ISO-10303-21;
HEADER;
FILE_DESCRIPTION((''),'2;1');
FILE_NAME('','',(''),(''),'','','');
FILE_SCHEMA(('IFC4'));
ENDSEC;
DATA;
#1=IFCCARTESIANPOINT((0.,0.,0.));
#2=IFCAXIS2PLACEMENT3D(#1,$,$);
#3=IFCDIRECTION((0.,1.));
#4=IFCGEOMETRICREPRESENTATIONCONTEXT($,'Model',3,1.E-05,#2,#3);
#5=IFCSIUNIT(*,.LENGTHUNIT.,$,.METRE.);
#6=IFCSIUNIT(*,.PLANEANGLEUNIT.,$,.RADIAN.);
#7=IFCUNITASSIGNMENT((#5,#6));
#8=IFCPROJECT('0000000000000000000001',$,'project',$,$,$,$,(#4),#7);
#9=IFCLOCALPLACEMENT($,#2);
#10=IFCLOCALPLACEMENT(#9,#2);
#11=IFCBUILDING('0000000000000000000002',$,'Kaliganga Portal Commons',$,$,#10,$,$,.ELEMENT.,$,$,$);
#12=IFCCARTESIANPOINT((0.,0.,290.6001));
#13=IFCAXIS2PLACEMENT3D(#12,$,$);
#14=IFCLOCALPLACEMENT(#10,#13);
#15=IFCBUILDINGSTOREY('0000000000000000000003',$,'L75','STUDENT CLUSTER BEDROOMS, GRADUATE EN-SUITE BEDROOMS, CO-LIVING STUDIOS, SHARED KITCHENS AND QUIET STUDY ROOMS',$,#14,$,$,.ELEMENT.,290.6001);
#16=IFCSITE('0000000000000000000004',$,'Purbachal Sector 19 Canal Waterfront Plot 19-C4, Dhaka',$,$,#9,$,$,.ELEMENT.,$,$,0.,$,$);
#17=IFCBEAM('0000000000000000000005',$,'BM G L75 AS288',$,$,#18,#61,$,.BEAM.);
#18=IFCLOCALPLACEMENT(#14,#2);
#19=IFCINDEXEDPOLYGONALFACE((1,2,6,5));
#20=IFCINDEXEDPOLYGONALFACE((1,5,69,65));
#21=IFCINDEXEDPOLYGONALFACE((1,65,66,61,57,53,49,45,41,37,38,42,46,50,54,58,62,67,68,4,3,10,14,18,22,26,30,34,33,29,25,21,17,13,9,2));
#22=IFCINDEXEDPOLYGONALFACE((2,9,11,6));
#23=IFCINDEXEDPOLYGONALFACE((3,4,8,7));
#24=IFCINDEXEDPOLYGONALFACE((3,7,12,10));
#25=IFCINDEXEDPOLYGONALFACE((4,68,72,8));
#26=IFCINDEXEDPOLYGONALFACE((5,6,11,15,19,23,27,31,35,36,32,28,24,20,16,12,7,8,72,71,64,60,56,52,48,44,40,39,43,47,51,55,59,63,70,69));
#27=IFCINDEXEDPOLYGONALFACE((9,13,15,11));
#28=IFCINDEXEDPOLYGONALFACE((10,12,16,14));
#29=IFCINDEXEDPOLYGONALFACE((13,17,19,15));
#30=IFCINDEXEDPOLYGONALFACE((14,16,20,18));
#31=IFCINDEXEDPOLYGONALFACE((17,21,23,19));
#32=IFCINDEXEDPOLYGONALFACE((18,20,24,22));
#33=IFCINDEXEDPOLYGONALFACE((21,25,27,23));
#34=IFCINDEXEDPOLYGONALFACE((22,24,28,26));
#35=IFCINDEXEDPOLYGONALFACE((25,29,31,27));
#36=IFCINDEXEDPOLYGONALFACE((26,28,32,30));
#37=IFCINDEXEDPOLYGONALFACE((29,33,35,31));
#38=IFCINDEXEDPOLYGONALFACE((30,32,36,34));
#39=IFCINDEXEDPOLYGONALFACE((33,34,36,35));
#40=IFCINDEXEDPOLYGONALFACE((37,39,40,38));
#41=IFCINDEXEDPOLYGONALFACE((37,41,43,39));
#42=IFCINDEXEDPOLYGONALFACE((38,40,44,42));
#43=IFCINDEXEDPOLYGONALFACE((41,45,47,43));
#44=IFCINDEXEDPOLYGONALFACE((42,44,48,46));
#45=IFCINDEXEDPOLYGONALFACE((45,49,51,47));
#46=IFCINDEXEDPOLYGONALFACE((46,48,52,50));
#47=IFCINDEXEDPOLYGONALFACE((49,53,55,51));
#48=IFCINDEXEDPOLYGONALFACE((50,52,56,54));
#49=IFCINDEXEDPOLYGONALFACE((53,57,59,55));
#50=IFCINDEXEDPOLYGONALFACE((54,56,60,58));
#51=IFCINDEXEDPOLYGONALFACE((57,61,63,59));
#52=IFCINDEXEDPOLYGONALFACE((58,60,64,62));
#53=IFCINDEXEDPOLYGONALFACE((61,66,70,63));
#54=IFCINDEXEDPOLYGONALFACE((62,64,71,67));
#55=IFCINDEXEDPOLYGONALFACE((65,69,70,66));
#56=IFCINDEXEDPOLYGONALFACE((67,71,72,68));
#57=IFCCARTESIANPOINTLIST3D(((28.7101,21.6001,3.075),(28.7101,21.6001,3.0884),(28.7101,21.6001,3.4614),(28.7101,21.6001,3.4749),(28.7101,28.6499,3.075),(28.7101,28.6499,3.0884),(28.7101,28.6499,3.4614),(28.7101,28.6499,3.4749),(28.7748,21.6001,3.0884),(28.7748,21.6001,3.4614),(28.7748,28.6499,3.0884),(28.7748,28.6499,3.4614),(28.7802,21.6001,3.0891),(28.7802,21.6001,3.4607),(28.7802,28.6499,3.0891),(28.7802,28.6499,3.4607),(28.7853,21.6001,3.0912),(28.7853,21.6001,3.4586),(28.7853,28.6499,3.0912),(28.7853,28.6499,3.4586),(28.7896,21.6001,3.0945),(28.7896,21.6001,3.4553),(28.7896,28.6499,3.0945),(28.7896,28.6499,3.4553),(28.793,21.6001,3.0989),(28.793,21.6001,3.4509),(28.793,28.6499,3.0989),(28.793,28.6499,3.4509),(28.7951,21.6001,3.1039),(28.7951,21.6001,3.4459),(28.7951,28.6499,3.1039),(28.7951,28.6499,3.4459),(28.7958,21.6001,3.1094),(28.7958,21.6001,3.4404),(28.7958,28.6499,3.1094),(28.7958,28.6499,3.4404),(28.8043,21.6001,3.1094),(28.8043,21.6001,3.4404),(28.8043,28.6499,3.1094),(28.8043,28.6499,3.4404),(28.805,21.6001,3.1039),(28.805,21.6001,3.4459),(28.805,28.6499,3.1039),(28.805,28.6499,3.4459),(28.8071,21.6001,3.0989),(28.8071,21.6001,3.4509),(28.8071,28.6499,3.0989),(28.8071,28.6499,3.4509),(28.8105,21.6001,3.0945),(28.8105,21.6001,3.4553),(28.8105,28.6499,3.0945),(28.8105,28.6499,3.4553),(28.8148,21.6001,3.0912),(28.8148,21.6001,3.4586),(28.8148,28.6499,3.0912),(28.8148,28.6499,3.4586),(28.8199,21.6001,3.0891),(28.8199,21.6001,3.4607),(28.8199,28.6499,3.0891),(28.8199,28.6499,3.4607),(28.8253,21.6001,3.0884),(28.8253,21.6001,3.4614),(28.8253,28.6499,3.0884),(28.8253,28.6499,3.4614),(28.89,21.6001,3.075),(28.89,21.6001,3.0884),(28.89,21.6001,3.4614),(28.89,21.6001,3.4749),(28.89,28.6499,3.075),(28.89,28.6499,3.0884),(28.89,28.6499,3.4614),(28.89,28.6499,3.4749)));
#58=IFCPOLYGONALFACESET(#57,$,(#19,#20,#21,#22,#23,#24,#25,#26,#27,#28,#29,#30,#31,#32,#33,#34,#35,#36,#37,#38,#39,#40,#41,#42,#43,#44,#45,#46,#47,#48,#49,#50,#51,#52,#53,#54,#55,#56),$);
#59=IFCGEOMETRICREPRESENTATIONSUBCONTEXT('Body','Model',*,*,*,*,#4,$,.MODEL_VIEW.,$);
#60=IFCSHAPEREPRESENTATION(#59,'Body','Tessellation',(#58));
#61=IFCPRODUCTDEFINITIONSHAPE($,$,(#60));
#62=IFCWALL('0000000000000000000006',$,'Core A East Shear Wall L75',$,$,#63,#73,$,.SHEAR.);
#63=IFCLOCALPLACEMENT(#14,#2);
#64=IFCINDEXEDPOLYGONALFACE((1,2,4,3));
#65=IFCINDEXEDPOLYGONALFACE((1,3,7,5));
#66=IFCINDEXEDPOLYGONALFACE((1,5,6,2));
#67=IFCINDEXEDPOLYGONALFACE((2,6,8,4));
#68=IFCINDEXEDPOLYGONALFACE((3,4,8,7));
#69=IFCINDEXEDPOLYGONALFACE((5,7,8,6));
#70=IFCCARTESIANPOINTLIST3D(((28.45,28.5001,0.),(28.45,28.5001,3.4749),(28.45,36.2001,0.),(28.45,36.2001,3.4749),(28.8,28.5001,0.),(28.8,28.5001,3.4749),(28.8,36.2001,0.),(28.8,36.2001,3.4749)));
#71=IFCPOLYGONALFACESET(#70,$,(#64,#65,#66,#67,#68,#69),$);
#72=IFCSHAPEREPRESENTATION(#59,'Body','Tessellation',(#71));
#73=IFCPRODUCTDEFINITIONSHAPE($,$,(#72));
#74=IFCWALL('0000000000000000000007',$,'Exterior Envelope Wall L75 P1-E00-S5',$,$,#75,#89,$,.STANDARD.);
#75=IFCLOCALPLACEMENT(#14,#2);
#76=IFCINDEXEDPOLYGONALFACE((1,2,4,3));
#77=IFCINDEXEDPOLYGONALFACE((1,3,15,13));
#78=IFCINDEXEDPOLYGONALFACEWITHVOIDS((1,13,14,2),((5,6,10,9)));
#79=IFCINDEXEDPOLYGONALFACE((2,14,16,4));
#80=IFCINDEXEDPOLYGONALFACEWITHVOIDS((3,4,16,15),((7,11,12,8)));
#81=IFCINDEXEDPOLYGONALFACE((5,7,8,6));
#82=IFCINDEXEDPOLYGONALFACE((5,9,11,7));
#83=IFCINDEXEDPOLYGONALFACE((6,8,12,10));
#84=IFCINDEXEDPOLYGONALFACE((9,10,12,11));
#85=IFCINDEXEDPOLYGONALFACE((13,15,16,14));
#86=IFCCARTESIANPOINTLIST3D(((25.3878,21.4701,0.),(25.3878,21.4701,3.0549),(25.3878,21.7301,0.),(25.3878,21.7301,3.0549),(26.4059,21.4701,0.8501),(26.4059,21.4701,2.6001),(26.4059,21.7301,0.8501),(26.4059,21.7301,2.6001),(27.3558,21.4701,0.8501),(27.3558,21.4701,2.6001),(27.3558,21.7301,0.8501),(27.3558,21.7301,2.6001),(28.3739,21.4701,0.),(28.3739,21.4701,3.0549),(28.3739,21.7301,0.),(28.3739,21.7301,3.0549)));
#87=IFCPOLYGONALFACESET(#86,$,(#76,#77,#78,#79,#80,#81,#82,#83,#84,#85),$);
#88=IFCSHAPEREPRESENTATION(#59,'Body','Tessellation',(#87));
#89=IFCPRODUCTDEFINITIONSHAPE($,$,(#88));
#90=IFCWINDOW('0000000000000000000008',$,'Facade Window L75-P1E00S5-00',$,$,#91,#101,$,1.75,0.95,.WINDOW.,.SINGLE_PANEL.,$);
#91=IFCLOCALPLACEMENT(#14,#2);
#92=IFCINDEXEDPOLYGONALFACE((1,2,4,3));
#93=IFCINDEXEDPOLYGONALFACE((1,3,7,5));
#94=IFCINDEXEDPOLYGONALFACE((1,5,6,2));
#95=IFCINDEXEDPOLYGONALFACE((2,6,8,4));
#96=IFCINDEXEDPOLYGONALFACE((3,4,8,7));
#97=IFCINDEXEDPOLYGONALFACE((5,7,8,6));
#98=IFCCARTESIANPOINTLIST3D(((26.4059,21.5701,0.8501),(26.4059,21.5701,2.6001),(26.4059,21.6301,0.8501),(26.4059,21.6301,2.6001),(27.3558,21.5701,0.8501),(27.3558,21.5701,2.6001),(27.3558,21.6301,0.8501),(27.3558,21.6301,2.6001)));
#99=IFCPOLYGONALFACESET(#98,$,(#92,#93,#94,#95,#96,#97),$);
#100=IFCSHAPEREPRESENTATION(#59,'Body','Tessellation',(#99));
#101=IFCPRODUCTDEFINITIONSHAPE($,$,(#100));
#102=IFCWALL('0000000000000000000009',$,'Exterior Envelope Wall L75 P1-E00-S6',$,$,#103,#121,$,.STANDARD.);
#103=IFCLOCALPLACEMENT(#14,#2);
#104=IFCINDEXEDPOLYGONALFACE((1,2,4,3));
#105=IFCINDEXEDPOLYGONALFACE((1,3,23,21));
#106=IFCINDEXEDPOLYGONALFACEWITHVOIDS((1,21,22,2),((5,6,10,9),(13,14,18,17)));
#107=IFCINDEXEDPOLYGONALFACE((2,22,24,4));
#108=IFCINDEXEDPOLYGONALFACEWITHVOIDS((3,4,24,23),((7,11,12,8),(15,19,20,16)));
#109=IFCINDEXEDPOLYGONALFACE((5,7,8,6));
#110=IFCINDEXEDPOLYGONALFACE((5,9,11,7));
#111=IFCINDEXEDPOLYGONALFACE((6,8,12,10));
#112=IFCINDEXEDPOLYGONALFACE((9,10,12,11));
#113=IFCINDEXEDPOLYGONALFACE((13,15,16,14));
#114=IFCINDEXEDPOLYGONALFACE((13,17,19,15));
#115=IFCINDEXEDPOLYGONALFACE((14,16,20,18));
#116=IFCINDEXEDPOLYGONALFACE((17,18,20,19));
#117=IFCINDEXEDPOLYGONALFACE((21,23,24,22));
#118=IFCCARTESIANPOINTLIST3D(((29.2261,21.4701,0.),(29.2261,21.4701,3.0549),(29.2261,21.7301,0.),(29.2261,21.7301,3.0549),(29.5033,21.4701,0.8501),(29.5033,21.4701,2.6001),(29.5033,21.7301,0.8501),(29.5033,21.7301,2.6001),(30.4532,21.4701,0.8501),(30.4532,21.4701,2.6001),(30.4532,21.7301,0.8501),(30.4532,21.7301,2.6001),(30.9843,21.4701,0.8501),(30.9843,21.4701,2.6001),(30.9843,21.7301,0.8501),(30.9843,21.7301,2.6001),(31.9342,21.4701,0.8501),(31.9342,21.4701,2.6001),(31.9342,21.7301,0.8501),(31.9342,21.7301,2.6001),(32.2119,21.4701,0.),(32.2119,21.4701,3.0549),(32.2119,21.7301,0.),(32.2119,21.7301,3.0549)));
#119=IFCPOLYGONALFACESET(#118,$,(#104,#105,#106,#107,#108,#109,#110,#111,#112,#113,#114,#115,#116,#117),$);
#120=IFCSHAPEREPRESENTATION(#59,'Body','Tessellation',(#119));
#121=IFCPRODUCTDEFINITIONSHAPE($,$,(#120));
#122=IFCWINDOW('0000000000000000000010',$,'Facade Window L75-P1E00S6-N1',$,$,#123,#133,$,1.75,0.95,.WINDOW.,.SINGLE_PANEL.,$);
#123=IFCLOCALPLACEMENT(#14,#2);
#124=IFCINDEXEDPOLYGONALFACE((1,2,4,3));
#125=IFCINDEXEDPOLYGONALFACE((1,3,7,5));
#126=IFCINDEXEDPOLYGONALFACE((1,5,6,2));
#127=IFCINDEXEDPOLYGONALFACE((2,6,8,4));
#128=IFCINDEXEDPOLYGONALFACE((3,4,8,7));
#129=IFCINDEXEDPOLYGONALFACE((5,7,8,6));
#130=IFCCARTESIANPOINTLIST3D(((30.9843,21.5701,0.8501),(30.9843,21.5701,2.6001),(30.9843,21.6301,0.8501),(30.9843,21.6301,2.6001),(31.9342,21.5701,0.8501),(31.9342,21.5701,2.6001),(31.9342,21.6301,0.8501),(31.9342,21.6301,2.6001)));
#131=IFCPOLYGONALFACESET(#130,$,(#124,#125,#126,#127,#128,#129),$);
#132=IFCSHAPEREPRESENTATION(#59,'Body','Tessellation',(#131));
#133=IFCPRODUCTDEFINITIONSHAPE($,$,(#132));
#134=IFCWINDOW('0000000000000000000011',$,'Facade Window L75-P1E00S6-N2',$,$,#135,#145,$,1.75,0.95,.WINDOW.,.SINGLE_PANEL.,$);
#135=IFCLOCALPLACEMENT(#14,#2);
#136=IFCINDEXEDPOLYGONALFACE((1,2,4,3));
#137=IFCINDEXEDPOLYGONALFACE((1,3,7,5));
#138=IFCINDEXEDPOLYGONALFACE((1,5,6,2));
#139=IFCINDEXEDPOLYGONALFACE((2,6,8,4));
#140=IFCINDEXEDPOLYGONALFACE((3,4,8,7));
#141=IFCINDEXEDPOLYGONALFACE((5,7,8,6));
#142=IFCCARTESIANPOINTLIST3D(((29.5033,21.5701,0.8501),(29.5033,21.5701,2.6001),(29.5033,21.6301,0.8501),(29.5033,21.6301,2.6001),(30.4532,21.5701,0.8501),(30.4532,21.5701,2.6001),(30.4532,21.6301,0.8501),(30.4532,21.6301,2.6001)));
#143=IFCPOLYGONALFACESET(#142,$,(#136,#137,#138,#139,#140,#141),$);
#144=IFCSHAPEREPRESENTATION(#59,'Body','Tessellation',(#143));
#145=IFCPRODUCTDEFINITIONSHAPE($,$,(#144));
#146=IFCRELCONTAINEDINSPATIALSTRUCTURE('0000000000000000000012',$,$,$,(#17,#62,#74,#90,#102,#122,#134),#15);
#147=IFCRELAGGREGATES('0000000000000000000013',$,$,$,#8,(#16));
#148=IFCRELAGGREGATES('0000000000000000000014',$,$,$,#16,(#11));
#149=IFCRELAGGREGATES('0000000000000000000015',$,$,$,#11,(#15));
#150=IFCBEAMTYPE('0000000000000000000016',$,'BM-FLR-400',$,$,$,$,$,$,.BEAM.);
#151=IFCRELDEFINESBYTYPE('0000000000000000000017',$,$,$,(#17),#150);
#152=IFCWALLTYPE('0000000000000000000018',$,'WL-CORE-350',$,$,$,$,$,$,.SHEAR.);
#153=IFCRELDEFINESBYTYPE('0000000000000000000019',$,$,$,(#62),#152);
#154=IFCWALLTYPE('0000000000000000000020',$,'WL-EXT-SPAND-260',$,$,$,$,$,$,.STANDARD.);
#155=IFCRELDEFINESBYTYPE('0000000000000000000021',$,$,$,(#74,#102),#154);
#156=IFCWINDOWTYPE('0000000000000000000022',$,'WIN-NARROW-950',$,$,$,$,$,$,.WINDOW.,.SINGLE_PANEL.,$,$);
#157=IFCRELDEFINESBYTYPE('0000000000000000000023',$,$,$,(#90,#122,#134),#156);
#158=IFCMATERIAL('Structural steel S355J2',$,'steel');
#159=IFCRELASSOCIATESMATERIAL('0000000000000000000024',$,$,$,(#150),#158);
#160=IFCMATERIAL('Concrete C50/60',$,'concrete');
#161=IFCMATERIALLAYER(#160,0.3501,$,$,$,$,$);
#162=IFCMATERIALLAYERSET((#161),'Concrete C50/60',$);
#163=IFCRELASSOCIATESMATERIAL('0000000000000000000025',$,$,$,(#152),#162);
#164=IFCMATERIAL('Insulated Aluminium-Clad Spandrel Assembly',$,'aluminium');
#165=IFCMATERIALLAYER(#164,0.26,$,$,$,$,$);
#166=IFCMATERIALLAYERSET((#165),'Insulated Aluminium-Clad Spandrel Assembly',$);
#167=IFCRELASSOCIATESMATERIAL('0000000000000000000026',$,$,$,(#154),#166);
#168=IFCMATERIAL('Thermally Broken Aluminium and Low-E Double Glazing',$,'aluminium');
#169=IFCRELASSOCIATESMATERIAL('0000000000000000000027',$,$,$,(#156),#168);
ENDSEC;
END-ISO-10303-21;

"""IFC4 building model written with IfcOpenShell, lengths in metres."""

from ifc_helpers import new_model, si_unit, direction, frame, frame_2d, origin, origin_2d, place, context, subcontext, project, spatial, rectangle, i_section, extrude, source, transform, mapped, material, layer, layer_set, material_profile, profile_set, type_object, element, fill, save


model = new_model("IFC4")

# Units and contexts
model_context = context("Model", 3, precision=1e-05, world=origin(), true_north=direction((0.0, 1.0)))
body_context = subcontext(model_context, "Body", "Model", "MODEL_VIEW")
ifc_project = project(units=[si_unit("LENGTHUNIT", "METRE"), si_unit("PLANEANGLEUNIT", "RADIAN")], contexts=[model_context])

# Site, building, storey
site_placement = place(None, origin())
site = spatial("IfcSite", under=ifc_project, at=site_placement, Name="Purbachal Sector 19 Canal Waterfront Plot 19-C4, Dhaka", CompositionType="ELEMENT", RefElevation=0.0)
building_placement = place(site_placement, origin())
building = spatial("IfcBuilding", under=site, at=building_placement, Name="Kaliganga Portal Commons", CompositionType="ELEMENT")
storey_placement = place(building_placement, frame((0.0, 0.0, 290.6001)))
storey = spatial("IfcBuildingStorey", under=building, at=storey_placement, Name="L75", Description="STUDENT CLUSTER BEDROOMS, GRADUATE EN-SUITE BEDROOMS, CO-LIVING STUDIOS, SHARED KITCHENS AND QUIET STUDY ROOMS", CompositionType="ELEMENT", Elevation=290.6001)

# Shared definitions
ifc_material_1 = material(Name="Concrete C50/60", Category="concrete")

# Beam
ifc_material_2 = material(Name="Structural steel S355J2", Category="steel")
ifc_material_profile_1 = material_profile(ifc_material_2, i_section(OverallWidth=0.1799, OverallDepth=0.3999, WebThickness=0.0085, FlangeThickness=0.0134, FilletRadius=0.021, at=origin_2d()), Name="IPE 400")
ifc_profile_set_1 = profile_set([ifc_material_profile_1], Name="Structural steel S355J2 wide-flange")
beam_type_1 = type_object("IfcBeamType", Name="BM-FLR-400", PredefinedType="BEAM", material=ifc_profile_set_1)
shared_shape_1 = source(origin(), body_context, "Body", "SweptSolid", [
    extrude(i_section(OverallWidth=0.1799, OverallDepth=0.3999, WebThickness=0.0085, FlangeThickness=0.0134, FilletRadius=0.021, at=origin_2d()), origin(), (0.0, 0.0, 1.0), 7.0498),
])
beam_1_placement = place(storey_placement, frame((28.8, 21.6001, 3.2749), z_axis=(0.0, 1.0, 0.0), x_axis=(-1.0, 0.0, 0.0)))
element("IfcBeam", 1, at=beam_1_placement, inside=storey, type_object=beam_type_1, Name="BM G L75 AS288", PredefinedType="BEAM", context=body_context, shape_type="MappedRepresentation", body=[
    mapped(shared_shape_1, transform((0.0, 0.0, 0.0), x_axis=(1.0, 0.0, 0.0), y_axis=(0.0, 1.0, 0.0), z_axis=(0.0, 0.0, 1.0), scale=1.0)),
])

# Wall
ifc_layer_1 = layer(ifc_material_1, 0.3501)
ifc_layer_set_1 = layer_set([ifc_layer_1], Name="Concrete C50/60")
wall_type_1 = type_object("IfcWallType", Name="WL-CORE-350", PredefinedType="SHEAR", material=ifc_layer_set_1)
wall_1_placement = place(storey_placement, frame((28.625, 28.5, 0.0), z_axis=(0.0, 0.0, 1.0), x_axis=(0.0, 1.0, 0.0)))
element("IfcWall", 2, at=wall_1_placement, inside=storey, type_object=wall_type_1, Name="Core A East Shear Wall L75", PredefinedType="SHEAR", context=body_context, shape_type="SweptSolid", body=[
    extrude(rectangle(XDim=7.7, YDim=0.3501, at=frame_2d((3.8501, 0.0))), origin(), (0.0, 0.0, 1.0), 3.4749),
])

# Wall, opening, window
ifc_material_3 = material(Name="Insulated Aluminium-Clad Spandrel Assembly", Category="aluminium")
ifc_layer_2 = layer(ifc_material_3, 0.26)
ifc_layer_set_2 = layer_set([ifc_layer_2], Name="Insulated Aluminium-Clad Spandrel Assembly")
wall_type_2 = type_object("IfcWallType", Name="WL-EXT-SPAND-260", PredefinedType="STANDARD", material=ifc_layer_set_2)
wall_2_placement = place(storey_placement, frame((28.374, 21.6001, 0.0), z_axis=(0.0, 0.0, 1.0), x_axis=(-1.0, 0.0, 0.0)))
wall_2 = element("IfcWall", 3, at=wall_2_placement, inside=storey, type_object=wall_type_2, Name="Exterior Envelope Wall L75 P1-E00-S5", PredefinedType="STANDARD", context=body_context, shape_type="SweptSolid", body=[
    extrude(rectangle(XDim=2.9861, YDim=0.26, at=frame_2d((1.4932, 0.0))), origin(), (0.0, 0.0, 1.0), 3.0549),
])
opening_1_placement = place(wall_2_placement, frame((1.0181, 0.0, 0.8501)))
opening_1 = element("IfcOpeningElement", 4, at=opening_1_placement, cuts=wall_2, PredefinedType="OPENING", context=body_context, shape_type="SweptSolid", body=[
    extrude(rectangle(XDim=0.95, YDim=1.75, at=frame_2d((0.4751, 0.875))), frame((0.0, 0.1401, 0.0), z_axis=(0.0, -1.0, 0.0), x_axis=(1.0, 0.0, 0.0)), (0.0, 0.0, 1.0), 0.28),
])
ifc_material_4 = material(Name="Thermally Broken Aluminium and Low-E Double Glazing", Category="aluminium")
window_type = type_object("IfcWindowType", Name="WIN-NARROW-950", PartitioningType="SINGLE_PANEL", PredefinedType="WINDOW", material=ifc_material_4)
window_1_placement = place(opening_1_placement, origin())
window_1 = element("IfcWindow", 5, at=window_1_placement, inside=storey, type_object=window_type, Name="Facade Window L75-P1E00S5-00", OverallHeight=1.75, OverallWidth=0.95, PartitioningType="SINGLE_PANEL", PredefinedType="WINDOW", context=body_context, shape_type="SweptSolid", body=[
    extrude(rectangle(XDim=0.95, YDim=1.75, at=frame_2d((0.4751, 0.875))), frame((0.0, 0.03, 0.0), z_axis=(0.0, -1.0, 0.0), x_axis=(1.0, 0.0, 0.0)), (0.0, 0.0, 1.0), 0.0601),
])
fill(opening_1, window_1)

# Wall, openings, windows
wall_3_placement = place(storey_placement, frame((32.2119, 21.6001, 0.0), z_axis=(0.0, 0.0, 1.0), x_axis=(-1.0, 0.0, 0.0)))
wall_3 = element("IfcWall", 6, at=wall_3_placement, inside=storey, type_object=wall_type_2, Name="Exterior Envelope Wall L75 P1-E00-S6", PredefinedType="STANDARD", context=body_context, shape_type="SweptSolid", body=[
    extrude(rectangle(XDim=2.9858, YDim=0.26, at=frame_2d((1.4929, 0.0))), origin(), (0.0, 0.0, 1.0), 3.0549),
])
opening_2_placement = place(wall_3_placement, frame((0.2776, 0.0, 0.8501)))
opening_2 = element("IfcOpeningElement", 7, at=opening_2_placement, cuts=wall_3, PredefinedType="OPENING", context=body_context, shape_type="SweptSolid", body=[
    extrude(rectangle(XDim=0.95, YDim=1.75, at=frame_2d((0.4751, 0.875))), frame((0.0, 0.1401, 0.0), z_axis=(0.0, -1.0, 0.0), x_axis=(1.0, 0.0, 0.0)), (0.0, 0.0, 1.0), 0.28),
])
opening_3_placement = place(wall_3_placement, frame((1.7585, 0.0, 0.8501)))
opening_3 = element("IfcOpeningElement", 8, at=opening_3_placement, cuts=wall_3, PredefinedType="OPENING", context=body_context, shape_type="SweptSolid", body=[
    extrude(rectangle(XDim=0.95, YDim=1.75, at=frame_2d((0.4751, 0.875))), frame((0.0, 0.1401, 0.0), z_axis=(0.0, -1.0, 0.0), x_axis=(1.0, 0.0, 0.0)), (0.0, 0.0, 1.0), 0.28),
])
window_2_placement = place(opening_2_placement, origin())
window_2 = element("IfcWindow", 9, at=window_2_placement, inside=storey, type_object=window_type, Name="Facade Window L75-P1E00S6-N1", OverallHeight=1.75, OverallWidth=0.95, PartitioningType="SINGLE_PANEL", PredefinedType="WINDOW", context=body_context, shape_type="SweptSolid", body=[
    extrude(rectangle(XDim=0.95, YDim=1.75, at=frame_2d((0.4751, 0.875))), frame((0.0, 0.03, 0.0), z_axis=(0.0, -1.0, 0.0), x_axis=(1.0, 0.0, 0.0)), (0.0, 0.0, 1.0), 0.0601),
])
fill(opening_2, window_2)
window_3_placement = place(opening_3_placement, origin())
window_3 = element("IfcWindow", 10, at=window_3_placement, inside=storey, type_object=window_type, Name="Facade Window L75-P1E00S6-N2", OverallHeight=1.75, OverallWidth=0.95, PartitioningType="SINGLE_PANEL", PredefinedType="WINDOW", context=body_context, shape_type="SweptSolid", body=[
    extrude(rectangle(XDim=0.95, YDim=1.75, at=frame_2d((0.4751, 0.875))), frame((0.0, 0.03, 0.0), z_axis=(0.0, -1.0, 0.0), x_axis=(1.0, 0.0, 0.0)), (0.0, 0.0, 1.0), 0.0601),
])
fill(opening_3, window_3)

save(model, "model.ifc")
